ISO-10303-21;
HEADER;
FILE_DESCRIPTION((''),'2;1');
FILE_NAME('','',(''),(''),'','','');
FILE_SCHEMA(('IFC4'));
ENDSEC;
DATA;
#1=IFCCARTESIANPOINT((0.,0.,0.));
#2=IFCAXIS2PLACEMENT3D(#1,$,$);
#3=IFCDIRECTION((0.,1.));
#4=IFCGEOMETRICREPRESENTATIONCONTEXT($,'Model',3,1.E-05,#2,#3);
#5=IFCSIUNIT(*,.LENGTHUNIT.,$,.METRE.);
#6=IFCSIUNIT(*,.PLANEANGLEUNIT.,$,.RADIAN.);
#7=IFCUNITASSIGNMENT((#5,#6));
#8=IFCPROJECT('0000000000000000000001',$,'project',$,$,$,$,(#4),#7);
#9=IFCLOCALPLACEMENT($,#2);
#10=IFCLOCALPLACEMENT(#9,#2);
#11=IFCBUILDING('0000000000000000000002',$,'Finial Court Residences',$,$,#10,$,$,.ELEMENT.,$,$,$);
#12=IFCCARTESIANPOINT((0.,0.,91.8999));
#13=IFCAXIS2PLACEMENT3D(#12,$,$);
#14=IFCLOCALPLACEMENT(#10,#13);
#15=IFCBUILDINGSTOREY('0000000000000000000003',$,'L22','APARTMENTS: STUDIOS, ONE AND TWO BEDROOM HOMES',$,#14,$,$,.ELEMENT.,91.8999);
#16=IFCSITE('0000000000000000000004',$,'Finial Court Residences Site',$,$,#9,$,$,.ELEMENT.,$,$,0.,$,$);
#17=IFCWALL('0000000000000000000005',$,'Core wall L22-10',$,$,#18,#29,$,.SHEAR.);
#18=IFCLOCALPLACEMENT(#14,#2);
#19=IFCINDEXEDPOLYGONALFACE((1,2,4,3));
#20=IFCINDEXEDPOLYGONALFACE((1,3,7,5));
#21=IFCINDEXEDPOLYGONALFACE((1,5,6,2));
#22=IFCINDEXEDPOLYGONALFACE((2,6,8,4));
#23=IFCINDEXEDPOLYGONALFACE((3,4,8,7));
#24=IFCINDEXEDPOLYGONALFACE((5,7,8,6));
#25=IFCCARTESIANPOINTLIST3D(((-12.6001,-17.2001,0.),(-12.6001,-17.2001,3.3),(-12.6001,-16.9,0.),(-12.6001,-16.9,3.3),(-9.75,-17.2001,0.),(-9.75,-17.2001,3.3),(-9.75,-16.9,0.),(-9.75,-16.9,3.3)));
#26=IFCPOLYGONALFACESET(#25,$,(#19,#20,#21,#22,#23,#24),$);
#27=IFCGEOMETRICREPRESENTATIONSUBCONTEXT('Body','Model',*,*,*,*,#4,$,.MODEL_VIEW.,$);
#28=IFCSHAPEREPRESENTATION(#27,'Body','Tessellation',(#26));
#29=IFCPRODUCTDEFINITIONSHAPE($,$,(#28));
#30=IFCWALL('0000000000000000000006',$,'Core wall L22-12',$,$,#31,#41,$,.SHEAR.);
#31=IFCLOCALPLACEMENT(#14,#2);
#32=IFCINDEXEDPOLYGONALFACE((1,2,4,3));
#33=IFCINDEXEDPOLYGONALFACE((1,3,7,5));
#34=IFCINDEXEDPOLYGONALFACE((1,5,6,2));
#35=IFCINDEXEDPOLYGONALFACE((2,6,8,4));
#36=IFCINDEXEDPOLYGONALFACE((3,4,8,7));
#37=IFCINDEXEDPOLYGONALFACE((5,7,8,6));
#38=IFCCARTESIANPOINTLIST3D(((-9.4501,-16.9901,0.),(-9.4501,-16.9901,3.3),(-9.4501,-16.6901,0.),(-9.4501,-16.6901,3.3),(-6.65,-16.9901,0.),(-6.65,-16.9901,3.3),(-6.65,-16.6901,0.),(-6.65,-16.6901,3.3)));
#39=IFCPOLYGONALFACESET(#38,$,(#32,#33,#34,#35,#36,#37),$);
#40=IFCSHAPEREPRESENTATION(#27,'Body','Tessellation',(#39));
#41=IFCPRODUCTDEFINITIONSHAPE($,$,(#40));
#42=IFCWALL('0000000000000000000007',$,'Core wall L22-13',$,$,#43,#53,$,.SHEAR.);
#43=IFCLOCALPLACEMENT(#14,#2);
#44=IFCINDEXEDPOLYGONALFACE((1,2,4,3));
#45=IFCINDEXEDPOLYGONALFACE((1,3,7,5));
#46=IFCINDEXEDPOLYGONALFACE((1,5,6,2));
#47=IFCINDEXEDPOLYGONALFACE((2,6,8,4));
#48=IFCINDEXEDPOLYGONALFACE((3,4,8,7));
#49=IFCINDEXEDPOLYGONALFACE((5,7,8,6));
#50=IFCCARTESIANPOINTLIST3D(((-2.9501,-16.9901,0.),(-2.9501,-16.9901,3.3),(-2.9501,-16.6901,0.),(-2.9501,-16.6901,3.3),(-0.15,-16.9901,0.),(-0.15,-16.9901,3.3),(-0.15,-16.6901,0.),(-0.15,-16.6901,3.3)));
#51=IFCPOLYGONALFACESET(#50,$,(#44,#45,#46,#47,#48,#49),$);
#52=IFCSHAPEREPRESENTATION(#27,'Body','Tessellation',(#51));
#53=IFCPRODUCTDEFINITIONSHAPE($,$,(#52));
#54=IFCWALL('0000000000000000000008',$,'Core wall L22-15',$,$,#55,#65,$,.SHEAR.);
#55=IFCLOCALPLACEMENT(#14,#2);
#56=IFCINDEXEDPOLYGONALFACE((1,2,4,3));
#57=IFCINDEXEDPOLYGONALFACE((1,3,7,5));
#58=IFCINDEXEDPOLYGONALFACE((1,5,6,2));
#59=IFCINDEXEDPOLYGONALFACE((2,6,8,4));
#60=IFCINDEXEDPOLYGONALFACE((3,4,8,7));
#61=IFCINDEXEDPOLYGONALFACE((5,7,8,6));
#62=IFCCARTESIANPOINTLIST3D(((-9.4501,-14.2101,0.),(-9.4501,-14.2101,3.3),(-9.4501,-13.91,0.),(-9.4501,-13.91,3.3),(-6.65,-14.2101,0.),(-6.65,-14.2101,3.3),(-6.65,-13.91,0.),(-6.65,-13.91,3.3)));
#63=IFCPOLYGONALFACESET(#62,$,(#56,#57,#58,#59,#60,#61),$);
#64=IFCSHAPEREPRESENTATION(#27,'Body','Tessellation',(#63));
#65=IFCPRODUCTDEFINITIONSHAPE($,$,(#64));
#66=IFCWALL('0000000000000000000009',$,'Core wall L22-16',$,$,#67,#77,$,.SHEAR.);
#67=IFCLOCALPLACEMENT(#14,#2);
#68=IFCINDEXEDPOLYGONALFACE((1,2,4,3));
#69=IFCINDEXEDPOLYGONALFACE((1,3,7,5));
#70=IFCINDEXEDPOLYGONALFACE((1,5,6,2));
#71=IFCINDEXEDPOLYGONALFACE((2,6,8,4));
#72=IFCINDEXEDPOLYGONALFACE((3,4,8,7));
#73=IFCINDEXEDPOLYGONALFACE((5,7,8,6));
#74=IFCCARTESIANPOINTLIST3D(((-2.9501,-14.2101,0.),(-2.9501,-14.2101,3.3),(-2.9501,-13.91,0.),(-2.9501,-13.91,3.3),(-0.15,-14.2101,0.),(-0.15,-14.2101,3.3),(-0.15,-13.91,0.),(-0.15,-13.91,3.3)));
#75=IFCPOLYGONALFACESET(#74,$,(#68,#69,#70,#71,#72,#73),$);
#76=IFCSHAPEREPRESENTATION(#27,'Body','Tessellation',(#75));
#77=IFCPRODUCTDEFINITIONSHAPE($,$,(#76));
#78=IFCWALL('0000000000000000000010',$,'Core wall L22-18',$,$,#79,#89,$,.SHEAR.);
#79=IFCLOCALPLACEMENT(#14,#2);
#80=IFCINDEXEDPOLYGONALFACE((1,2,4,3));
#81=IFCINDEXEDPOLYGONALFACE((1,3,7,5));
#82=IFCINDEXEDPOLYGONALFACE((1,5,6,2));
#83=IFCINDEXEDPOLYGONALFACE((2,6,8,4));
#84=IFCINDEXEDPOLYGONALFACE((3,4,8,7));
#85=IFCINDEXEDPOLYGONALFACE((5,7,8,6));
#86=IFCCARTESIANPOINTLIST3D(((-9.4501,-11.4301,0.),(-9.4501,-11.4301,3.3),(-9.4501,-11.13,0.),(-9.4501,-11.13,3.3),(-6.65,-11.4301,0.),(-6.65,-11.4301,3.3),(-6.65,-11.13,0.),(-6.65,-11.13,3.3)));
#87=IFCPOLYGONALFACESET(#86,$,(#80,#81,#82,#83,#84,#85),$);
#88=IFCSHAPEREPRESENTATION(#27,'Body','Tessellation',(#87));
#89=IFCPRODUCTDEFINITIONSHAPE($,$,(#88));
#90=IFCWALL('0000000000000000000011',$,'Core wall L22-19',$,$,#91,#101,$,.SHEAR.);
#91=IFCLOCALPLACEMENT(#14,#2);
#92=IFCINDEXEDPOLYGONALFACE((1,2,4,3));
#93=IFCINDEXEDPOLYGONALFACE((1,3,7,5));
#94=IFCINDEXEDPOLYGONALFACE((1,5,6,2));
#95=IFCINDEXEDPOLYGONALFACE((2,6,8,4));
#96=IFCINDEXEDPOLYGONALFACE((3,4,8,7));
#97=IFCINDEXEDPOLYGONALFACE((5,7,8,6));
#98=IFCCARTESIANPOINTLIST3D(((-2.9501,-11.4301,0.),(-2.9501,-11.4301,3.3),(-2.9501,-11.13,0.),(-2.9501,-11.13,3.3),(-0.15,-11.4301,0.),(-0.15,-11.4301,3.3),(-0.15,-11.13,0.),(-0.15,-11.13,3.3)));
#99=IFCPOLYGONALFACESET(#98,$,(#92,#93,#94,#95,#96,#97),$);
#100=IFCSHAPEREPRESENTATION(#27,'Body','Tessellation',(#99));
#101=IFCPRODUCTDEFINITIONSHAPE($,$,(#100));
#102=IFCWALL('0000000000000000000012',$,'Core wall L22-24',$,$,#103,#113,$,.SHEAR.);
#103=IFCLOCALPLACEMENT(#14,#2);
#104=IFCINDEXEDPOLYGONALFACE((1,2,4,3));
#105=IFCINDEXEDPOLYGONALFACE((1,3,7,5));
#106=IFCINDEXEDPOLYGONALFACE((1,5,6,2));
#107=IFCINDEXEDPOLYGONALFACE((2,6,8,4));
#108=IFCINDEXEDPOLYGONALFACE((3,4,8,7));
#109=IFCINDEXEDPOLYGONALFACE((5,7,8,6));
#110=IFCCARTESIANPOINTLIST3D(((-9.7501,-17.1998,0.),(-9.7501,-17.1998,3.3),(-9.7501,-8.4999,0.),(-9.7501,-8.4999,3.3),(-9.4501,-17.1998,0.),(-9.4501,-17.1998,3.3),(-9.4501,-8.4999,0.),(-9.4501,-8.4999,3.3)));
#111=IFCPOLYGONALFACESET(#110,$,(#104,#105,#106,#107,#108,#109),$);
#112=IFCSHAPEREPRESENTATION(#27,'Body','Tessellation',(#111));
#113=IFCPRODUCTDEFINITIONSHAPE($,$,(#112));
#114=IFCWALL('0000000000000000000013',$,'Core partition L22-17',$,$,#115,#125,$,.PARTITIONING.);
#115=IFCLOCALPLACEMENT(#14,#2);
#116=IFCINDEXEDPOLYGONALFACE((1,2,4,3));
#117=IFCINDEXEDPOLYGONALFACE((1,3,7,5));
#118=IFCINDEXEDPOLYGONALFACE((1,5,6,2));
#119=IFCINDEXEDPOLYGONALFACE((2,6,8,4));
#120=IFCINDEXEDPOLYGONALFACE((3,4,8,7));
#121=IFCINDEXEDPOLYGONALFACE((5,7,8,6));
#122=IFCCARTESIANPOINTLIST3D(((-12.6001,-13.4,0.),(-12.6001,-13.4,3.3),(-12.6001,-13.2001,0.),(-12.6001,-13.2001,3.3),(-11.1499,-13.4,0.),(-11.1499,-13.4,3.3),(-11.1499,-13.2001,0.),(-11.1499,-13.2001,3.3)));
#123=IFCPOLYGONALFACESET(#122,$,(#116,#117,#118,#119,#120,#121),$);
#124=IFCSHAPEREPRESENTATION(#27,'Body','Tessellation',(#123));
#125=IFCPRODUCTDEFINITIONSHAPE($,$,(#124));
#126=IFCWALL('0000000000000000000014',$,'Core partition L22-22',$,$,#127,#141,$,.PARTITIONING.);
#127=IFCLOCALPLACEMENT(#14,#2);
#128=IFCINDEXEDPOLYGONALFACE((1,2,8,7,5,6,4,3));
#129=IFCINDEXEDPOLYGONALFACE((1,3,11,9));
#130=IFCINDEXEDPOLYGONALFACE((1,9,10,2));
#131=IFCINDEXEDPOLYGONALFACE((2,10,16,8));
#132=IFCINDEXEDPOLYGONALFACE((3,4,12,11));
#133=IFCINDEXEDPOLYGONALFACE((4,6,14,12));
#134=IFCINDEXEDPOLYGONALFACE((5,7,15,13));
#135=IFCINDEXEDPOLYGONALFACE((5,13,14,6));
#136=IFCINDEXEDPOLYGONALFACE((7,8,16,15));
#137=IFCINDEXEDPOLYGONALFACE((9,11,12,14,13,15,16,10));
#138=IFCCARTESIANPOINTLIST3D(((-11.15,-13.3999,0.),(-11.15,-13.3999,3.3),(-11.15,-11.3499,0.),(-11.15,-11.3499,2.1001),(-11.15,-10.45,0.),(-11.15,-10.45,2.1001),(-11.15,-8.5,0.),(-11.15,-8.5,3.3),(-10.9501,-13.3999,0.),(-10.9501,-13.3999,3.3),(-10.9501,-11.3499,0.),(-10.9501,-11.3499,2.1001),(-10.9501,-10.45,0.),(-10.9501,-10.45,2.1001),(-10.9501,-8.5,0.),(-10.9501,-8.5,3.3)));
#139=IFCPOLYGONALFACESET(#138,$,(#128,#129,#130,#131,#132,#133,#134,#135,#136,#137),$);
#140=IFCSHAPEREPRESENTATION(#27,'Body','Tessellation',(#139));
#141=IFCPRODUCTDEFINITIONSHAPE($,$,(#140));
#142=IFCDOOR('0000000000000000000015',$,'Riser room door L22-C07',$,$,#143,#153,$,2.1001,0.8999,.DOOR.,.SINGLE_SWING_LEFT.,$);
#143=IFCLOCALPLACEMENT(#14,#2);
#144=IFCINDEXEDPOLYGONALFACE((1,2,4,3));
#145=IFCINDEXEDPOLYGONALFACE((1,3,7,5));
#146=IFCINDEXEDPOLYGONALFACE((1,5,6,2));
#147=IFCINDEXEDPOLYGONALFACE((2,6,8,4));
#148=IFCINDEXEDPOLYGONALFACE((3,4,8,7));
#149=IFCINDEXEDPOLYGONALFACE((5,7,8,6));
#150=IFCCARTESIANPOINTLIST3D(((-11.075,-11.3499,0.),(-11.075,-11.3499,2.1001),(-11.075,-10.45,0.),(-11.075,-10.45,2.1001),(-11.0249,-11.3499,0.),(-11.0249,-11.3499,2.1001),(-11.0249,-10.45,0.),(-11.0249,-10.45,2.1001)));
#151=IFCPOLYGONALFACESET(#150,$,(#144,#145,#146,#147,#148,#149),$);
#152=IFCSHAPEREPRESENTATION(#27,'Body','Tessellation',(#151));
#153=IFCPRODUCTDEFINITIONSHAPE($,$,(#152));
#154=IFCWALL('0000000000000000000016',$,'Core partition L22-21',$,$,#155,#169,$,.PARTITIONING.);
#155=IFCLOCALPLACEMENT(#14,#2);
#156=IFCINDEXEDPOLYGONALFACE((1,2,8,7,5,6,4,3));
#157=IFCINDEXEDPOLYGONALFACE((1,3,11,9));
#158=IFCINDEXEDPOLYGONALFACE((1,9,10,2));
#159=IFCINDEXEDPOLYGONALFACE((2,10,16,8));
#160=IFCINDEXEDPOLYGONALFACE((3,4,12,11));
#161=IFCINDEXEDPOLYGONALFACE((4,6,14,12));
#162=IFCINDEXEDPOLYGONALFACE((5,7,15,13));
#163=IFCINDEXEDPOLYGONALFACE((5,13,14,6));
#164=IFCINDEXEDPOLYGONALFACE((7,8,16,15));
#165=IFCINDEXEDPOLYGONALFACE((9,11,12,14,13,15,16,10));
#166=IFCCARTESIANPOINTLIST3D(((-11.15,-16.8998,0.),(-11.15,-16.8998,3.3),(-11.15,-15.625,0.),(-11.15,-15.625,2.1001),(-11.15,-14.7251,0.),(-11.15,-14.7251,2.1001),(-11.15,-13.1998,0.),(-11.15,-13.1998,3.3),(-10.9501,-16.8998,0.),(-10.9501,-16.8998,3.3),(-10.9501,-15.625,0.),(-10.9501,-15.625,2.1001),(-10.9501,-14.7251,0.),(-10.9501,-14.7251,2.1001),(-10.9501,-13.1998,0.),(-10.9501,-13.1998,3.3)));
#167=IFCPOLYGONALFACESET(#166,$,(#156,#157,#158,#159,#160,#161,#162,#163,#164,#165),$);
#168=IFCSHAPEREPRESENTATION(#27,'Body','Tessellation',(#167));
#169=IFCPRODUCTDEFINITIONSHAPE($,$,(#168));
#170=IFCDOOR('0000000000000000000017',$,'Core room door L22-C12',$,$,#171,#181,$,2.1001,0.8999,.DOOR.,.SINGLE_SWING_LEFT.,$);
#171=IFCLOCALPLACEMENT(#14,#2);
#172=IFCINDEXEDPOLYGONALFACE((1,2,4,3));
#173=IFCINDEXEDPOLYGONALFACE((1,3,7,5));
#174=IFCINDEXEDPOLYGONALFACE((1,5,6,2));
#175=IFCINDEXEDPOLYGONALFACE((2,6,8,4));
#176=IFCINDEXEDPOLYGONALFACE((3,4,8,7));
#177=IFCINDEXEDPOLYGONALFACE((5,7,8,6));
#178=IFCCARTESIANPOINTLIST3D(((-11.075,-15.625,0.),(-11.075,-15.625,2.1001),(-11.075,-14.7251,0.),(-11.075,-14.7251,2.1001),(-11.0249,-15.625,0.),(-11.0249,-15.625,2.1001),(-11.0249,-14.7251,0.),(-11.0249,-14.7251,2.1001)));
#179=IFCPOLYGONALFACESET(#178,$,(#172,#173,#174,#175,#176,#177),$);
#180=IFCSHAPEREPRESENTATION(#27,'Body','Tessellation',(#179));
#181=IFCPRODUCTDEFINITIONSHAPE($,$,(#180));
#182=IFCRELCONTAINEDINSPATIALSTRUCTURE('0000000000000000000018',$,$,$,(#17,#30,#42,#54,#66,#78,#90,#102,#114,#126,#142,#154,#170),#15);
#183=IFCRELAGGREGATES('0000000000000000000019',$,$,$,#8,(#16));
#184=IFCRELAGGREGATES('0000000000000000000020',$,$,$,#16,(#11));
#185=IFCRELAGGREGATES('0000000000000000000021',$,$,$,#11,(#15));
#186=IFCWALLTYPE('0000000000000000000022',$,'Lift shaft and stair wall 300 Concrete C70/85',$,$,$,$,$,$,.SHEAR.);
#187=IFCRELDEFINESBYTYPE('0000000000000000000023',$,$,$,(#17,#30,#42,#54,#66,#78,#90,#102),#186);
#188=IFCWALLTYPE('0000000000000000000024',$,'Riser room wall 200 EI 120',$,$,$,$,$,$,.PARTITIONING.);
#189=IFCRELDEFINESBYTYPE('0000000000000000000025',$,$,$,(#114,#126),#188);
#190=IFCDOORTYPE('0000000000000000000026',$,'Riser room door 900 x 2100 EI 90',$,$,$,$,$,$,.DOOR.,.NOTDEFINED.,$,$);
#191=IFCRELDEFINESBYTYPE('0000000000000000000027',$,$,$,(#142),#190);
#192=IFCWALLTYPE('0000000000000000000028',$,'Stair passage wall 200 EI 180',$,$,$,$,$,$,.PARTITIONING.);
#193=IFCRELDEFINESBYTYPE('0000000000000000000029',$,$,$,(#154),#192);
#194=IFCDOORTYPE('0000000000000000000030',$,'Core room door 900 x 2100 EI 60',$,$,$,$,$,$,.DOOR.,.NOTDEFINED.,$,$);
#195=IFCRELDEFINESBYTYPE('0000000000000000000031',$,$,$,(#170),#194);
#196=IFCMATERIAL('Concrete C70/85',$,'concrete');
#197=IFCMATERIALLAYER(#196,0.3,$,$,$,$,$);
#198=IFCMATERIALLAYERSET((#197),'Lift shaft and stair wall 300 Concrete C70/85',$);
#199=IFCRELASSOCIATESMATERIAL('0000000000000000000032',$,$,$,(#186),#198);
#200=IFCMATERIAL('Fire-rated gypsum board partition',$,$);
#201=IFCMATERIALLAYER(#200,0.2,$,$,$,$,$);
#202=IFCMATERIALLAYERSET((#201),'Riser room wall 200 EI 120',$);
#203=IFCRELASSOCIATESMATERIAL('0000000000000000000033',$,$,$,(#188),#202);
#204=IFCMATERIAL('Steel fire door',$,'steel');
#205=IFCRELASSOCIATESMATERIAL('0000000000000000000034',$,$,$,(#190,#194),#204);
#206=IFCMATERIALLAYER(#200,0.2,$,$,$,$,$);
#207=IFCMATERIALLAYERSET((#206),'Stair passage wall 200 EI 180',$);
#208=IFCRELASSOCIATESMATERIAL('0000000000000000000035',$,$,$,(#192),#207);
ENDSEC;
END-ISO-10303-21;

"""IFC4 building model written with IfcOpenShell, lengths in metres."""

from ifc_helpers import new_model, si_unit, direction, frame, frame_2d, origin, place, context, subcontext, project, spatial, rectangle, extrude, material, layer, layer_set, type_object, element, fill, save


model = new_model("IFC4")

# Units and contexts
model_context = context("Model", 3, precision=1e-05, world=origin(), true_north=direction((0.0, 1.0)))
body_context = subcontext(model_context, "Body", "Model", "MODEL_VIEW")
ifc_project = project(units=[si_unit("LENGTHUNIT", "METRE"), si_unit("PLANEANGLEUNIT", "RADIAN")], contexts=[model_context])

# Site, building, storey
site_placement = place(None, origin())
site = spatial("IfcSite", under=ifc_project, at=site_placement, Name="Finial Court Residences Site", CompositionType="ELEMENT", RefElevation=0.0)
building_placement = place(site_placement, origin())
building = spatial("IfcBuilding", under=site, at=building_placement, Name="Finial Court Residences", CompositionType="ELEMENT")
storey_placement = place(building_placement, frame((0.0, 0.0, 91.8999)))
storey = spatial("IfcBuildingStorey", under=building, at=storey_placement, Name="L22", Description="APARTMENTS: STUDIOS, ONE AND TWO BEDROOM HOMES", CompositionType="ELEMENT", Elevation=91.8999)

# Walls
ifc_material_1 = material(Name="Concrete C70/85", Category="concrete")
ifc_layer_1 = layer(ifc_material_1, 0.3)
ifc_layer_set_1 = layer_set([ifc_layer_1], Name="Lift shaft and stair wall 300 Concrete C70/85")
wall_type_1 = type_object("IfcWallType", Name="Lift shaft and stair wall 300 Concrete C70/85", PredefinedType="SHEAR", material=ifc_layer_set_1)
wall_1_placement = place(storey_placement, frame((-12.6001, -17.05, 0.0), z_axis=(0.0, 0.0, 1.0), x_axis=(1.0, 0.0, 0.0)))
element("IfcWall", 1, at=wall_1_placement, inside=storey, type_object=wall_type_1, Name="Core wall L22-10", PredefinedType="SHEAR", context=body_context, shape_type="SweptSolid", body=[
    extrude(rectangle(XDim=2.8501, YDim=0.3, at=frame_2d((1.425, 0.0))), origin(), (0.0, 0.0, 1.0), 3.3),
])
for number, where, z_axis, x_axis, name in (
    (2, (-9.45, -16.8401, 0.0), (0.0, 0.0, 1.0), (1.0, 0.0, 0.0), "Core wall L22-12"),
    (3, (-2.95, -16.8401, 0.0), (0.0, 0.0, 1.0), (1.0, 0.0, 0.0), "Core wall L22-13"),
    (4, (-9.45, -14.0601, 0.0), (0.0, 0.0, 1.0), (1.0, 0.0, 0.0), "Core wall L22-15"),
    (5, (-2.95, -14.0601, 0.0), (0.0, 0.0, 1.0), (1.0, 0.0, 0.0), "Core wall L22-16"),
    (6, (-9.45, -11.28, 0.0), (0.0, 0.0, 1.0), (1.0, 0.0, 0.0), "Core wall L22-18"),
    (7, (-2.95, -11.28, 0.0), (0.0, 0.0, 1.0), (1.0, 0.0, 0.0), "Core wall L22-19"),
):
    element("IfcWall", number, at=place(storey_placement, frame(where, z_axis=z_axis, x_axis=x_axis)), inside=storey, type_object=wall_type_1, Name=name, PredefinedType="SHEAR", context=body_context, shape_type="SweptSolid", body=[
        extrude(rectangle(XDim=2.8, YDim=0.3, at=frame_2d((1.3999, 0.0))), origin(), (0.0, 0.0, 1.0), 3.3),
    ])
wall_2_placement = place(storey_placement, frame((-9.6001, -17.2, 0.0), z_axis=(0.0, 0.0, 1.0), x_axis=(0.0, 1.0, 0.0)))
element("IfcWall", 8, at=wall_2_placement, inside=storey, type_object=wall_type_1, Name="Core wall L22-24", PredefinedType="SHEAR", context=body_context, shape_type="SweptSolid", body=[
    extrude(rectangle(XDim=8.7, YDim=0.3, at=frame_2d((4.3501, 0.0))), origin(), (0.0, 0.0, 1.0), 3.3),
])
ifc_material_2 = material(Name="Fire-rated gypsum board partition")
ifc_layer_2 = layer(ifc_material_2, 0.2)
ifc_layer_set_2 = layer_set([ifc_layer_2], Name="Riser room wall 200 EI 120")
wall_type_2 = type_object("IfcWallType", Name="Riser room wall 200 EI 120", PredefinedType="PARTITIONING", material=ifc_layer_set_2)
wall_3_placement = place(storey_placement, frame((-12.6001, -13.3, 0.0), z_axis=(0.0, 0.0, 1.0), x_axis=(1.0, 0.0, 0.0)))
element("IfcWall", 9, at=wall_3_placement, inside=storey, type_object=wall_type_2, Name="Core partition L22-17", PredefinedType="PARTITIONING", context=body_context, shape_type="SweptSolid", body=[
    extrude(rectangle(XDim=1.4502, YDim=0.2, at=frame_2d((0.7251, 0.0))), origin(), (0.0, 0.0, 1.0), 3.3),
])

# Walls, openings, doors
wall_4_placement = place(storey_placement, frame((-11.05, -13.3999, 0.0), z_axis=(0.0, 0.0, 1.0), x_axis=(0.0, 1.0, 0.0)))
wall_4 = element("IfcWall", 10, at=wall_4_placement, inside=storey, type_object=wall_type_2, Name="Core partition L22-22", PredefinedType="PARTITIONING", context=body_context, shape_type="SweptSolid", body=[
    extrude(rectangle(XDim=4.8999, YDim=0.2, at=frame_2d((2.45, 0.0))), origin(), (0.0, 0.0, 1.0), 3.3),
])
opening_1_placement = place(wall_4_placement, frame((2.05, 0.0, 0.0)))
opening_1 = element("IfcOpeningElement", 11, at=opening_1_placement, cuts=wall_4, PredefinedType="OPENING", context=body_context, shape_type="SweptSolid", body=[
    extrude(rectangle(XDim=0.8999, YDim=2.1001, at=frame_2d((0.45, 1.05))), frame((0.0, 0.1099, 0.0), z_axis=(0.0, -1.0, 0.0), x_axis=(1.0, 0.0, 0.0)), (0.0, 0.0, 1.0), 0.22),
])
ifc_material_3 = material(Name="Steel fire door", Category="steel")
door_type_1 = type_object("IfcDoorType", Name="Riser room door 900 x 2100 EI 90", OperationType="NOTDEFINED", PredefinedType="DOOR", material=ifc_material_3)
door_1_placement = place(opening_1_placement, origin())
door_1 = element("IfcDoor", 12, at=door_1_placement, inside=storey, type_object=door_type_1, Name="Riser room door L22-C07", OperationType="SINGLE_SWING_LEFT", OverallHeight=2.1001, OverallWidth=0.8999, PredefinedType="DOOR", context=body_context, shape_type="SweptSolid", body=[
    extrude(rectangle(XDim=0.8999, YDim=2.1001, at=frame_2d((0.45, 1.05))), frame((0.0, 0.0249, 0.0), z_axis=(0.0, -1.0, 0.0), x_axis=(1.0, 0.0, 0.0)), (0.0, 0.0, 1.0), 0.05),
])
fill(opening_1, door_1)
ifc_layer_3 = layer(ifc_material_2, 0.2)
ifc_layer_set_3 = layer_set([ifc_layer_3], Name="Stair passage wall 200 EI 180")
wall_type_3 = type_object("IfcWallType", Name="Stair passage wall 200 EI 180", PredefinedType="PARTITIONING", material=ifc_layer_set_3)
wall_5_placement = place(storey_placement, frame((-11.05, -16.8999, 0.0), z_axis=(0.0, 0.0, 1.0), x_axis=(0.0, 1.0, 0.0)))
wall_5 = element("IfcWall", 13, at=wall_5_placement, inside=storey, type_object=wall_type_3, Name="Core partition L22-21", PredefinedType="PARTITIONING", context=body_context, shape_type="SweptSolid", body=[
    extrude(rectangle(XDim=3.7, YDim=0.2, at=frame_2d((1.8501, 0.0))), origin(), (0.0, 0.0, 1.0), 3.3),
])
opening_2_placement = place(wall_5_placement, frame((1.2749, 0.0, 0.0)))
opening_2 = element("IfcOpeningElement", 14, at=opening_2_placement, cuts=wall_5, PredefinedType="OPENING", context=body_context, shape_type="SweptSolid", body=[
    extrude(rectangle(XDim=0.8999, YDim=2.1001, at=frame_2d((0.45, 1.05))), frame((0.0, 0.1099, 0.0), z_axis=(0.0, -1.0, 0.0), x_axis=(1.0, 0.0, 0.0)), (0.0, 0.0, 1.0), 0.22),
])
door_type_2 = type_object("IfcDoorType", Name="Core room door 900 x 2100 EI 60", OperationType="NOTDEFINED", PredefinedType="DOOR", material=ifc_material_3)
door_2_placement = place(opening_2_placement, origin())
door_2 = element("IfcDoor", 15, at=door_2_placement, inside=storey, type_object=door_type_2, Name="Core room door L22-C12", OperationType="SINGLE_SWING_LEFT", OverallHeight=2.1001, OverallWidth=0.8999, PredefinedType="DOOR", context=body_context, shape_type="SweptSolid", body=[
    extrude(rectangle(XDim=0.8999, YDim=2.1001, at=frame_2d((0.45, 1.05))), frame((0.0, 0.0249, 0.0), z_axis=(0.0, -1.0, 0.0), x_axis=(1.0, 0.0, 0.0)), (0.0, 0.0, 1.0), 0.05),
])
fill(opening_2, door_2)

save(model, "model.ifc")
